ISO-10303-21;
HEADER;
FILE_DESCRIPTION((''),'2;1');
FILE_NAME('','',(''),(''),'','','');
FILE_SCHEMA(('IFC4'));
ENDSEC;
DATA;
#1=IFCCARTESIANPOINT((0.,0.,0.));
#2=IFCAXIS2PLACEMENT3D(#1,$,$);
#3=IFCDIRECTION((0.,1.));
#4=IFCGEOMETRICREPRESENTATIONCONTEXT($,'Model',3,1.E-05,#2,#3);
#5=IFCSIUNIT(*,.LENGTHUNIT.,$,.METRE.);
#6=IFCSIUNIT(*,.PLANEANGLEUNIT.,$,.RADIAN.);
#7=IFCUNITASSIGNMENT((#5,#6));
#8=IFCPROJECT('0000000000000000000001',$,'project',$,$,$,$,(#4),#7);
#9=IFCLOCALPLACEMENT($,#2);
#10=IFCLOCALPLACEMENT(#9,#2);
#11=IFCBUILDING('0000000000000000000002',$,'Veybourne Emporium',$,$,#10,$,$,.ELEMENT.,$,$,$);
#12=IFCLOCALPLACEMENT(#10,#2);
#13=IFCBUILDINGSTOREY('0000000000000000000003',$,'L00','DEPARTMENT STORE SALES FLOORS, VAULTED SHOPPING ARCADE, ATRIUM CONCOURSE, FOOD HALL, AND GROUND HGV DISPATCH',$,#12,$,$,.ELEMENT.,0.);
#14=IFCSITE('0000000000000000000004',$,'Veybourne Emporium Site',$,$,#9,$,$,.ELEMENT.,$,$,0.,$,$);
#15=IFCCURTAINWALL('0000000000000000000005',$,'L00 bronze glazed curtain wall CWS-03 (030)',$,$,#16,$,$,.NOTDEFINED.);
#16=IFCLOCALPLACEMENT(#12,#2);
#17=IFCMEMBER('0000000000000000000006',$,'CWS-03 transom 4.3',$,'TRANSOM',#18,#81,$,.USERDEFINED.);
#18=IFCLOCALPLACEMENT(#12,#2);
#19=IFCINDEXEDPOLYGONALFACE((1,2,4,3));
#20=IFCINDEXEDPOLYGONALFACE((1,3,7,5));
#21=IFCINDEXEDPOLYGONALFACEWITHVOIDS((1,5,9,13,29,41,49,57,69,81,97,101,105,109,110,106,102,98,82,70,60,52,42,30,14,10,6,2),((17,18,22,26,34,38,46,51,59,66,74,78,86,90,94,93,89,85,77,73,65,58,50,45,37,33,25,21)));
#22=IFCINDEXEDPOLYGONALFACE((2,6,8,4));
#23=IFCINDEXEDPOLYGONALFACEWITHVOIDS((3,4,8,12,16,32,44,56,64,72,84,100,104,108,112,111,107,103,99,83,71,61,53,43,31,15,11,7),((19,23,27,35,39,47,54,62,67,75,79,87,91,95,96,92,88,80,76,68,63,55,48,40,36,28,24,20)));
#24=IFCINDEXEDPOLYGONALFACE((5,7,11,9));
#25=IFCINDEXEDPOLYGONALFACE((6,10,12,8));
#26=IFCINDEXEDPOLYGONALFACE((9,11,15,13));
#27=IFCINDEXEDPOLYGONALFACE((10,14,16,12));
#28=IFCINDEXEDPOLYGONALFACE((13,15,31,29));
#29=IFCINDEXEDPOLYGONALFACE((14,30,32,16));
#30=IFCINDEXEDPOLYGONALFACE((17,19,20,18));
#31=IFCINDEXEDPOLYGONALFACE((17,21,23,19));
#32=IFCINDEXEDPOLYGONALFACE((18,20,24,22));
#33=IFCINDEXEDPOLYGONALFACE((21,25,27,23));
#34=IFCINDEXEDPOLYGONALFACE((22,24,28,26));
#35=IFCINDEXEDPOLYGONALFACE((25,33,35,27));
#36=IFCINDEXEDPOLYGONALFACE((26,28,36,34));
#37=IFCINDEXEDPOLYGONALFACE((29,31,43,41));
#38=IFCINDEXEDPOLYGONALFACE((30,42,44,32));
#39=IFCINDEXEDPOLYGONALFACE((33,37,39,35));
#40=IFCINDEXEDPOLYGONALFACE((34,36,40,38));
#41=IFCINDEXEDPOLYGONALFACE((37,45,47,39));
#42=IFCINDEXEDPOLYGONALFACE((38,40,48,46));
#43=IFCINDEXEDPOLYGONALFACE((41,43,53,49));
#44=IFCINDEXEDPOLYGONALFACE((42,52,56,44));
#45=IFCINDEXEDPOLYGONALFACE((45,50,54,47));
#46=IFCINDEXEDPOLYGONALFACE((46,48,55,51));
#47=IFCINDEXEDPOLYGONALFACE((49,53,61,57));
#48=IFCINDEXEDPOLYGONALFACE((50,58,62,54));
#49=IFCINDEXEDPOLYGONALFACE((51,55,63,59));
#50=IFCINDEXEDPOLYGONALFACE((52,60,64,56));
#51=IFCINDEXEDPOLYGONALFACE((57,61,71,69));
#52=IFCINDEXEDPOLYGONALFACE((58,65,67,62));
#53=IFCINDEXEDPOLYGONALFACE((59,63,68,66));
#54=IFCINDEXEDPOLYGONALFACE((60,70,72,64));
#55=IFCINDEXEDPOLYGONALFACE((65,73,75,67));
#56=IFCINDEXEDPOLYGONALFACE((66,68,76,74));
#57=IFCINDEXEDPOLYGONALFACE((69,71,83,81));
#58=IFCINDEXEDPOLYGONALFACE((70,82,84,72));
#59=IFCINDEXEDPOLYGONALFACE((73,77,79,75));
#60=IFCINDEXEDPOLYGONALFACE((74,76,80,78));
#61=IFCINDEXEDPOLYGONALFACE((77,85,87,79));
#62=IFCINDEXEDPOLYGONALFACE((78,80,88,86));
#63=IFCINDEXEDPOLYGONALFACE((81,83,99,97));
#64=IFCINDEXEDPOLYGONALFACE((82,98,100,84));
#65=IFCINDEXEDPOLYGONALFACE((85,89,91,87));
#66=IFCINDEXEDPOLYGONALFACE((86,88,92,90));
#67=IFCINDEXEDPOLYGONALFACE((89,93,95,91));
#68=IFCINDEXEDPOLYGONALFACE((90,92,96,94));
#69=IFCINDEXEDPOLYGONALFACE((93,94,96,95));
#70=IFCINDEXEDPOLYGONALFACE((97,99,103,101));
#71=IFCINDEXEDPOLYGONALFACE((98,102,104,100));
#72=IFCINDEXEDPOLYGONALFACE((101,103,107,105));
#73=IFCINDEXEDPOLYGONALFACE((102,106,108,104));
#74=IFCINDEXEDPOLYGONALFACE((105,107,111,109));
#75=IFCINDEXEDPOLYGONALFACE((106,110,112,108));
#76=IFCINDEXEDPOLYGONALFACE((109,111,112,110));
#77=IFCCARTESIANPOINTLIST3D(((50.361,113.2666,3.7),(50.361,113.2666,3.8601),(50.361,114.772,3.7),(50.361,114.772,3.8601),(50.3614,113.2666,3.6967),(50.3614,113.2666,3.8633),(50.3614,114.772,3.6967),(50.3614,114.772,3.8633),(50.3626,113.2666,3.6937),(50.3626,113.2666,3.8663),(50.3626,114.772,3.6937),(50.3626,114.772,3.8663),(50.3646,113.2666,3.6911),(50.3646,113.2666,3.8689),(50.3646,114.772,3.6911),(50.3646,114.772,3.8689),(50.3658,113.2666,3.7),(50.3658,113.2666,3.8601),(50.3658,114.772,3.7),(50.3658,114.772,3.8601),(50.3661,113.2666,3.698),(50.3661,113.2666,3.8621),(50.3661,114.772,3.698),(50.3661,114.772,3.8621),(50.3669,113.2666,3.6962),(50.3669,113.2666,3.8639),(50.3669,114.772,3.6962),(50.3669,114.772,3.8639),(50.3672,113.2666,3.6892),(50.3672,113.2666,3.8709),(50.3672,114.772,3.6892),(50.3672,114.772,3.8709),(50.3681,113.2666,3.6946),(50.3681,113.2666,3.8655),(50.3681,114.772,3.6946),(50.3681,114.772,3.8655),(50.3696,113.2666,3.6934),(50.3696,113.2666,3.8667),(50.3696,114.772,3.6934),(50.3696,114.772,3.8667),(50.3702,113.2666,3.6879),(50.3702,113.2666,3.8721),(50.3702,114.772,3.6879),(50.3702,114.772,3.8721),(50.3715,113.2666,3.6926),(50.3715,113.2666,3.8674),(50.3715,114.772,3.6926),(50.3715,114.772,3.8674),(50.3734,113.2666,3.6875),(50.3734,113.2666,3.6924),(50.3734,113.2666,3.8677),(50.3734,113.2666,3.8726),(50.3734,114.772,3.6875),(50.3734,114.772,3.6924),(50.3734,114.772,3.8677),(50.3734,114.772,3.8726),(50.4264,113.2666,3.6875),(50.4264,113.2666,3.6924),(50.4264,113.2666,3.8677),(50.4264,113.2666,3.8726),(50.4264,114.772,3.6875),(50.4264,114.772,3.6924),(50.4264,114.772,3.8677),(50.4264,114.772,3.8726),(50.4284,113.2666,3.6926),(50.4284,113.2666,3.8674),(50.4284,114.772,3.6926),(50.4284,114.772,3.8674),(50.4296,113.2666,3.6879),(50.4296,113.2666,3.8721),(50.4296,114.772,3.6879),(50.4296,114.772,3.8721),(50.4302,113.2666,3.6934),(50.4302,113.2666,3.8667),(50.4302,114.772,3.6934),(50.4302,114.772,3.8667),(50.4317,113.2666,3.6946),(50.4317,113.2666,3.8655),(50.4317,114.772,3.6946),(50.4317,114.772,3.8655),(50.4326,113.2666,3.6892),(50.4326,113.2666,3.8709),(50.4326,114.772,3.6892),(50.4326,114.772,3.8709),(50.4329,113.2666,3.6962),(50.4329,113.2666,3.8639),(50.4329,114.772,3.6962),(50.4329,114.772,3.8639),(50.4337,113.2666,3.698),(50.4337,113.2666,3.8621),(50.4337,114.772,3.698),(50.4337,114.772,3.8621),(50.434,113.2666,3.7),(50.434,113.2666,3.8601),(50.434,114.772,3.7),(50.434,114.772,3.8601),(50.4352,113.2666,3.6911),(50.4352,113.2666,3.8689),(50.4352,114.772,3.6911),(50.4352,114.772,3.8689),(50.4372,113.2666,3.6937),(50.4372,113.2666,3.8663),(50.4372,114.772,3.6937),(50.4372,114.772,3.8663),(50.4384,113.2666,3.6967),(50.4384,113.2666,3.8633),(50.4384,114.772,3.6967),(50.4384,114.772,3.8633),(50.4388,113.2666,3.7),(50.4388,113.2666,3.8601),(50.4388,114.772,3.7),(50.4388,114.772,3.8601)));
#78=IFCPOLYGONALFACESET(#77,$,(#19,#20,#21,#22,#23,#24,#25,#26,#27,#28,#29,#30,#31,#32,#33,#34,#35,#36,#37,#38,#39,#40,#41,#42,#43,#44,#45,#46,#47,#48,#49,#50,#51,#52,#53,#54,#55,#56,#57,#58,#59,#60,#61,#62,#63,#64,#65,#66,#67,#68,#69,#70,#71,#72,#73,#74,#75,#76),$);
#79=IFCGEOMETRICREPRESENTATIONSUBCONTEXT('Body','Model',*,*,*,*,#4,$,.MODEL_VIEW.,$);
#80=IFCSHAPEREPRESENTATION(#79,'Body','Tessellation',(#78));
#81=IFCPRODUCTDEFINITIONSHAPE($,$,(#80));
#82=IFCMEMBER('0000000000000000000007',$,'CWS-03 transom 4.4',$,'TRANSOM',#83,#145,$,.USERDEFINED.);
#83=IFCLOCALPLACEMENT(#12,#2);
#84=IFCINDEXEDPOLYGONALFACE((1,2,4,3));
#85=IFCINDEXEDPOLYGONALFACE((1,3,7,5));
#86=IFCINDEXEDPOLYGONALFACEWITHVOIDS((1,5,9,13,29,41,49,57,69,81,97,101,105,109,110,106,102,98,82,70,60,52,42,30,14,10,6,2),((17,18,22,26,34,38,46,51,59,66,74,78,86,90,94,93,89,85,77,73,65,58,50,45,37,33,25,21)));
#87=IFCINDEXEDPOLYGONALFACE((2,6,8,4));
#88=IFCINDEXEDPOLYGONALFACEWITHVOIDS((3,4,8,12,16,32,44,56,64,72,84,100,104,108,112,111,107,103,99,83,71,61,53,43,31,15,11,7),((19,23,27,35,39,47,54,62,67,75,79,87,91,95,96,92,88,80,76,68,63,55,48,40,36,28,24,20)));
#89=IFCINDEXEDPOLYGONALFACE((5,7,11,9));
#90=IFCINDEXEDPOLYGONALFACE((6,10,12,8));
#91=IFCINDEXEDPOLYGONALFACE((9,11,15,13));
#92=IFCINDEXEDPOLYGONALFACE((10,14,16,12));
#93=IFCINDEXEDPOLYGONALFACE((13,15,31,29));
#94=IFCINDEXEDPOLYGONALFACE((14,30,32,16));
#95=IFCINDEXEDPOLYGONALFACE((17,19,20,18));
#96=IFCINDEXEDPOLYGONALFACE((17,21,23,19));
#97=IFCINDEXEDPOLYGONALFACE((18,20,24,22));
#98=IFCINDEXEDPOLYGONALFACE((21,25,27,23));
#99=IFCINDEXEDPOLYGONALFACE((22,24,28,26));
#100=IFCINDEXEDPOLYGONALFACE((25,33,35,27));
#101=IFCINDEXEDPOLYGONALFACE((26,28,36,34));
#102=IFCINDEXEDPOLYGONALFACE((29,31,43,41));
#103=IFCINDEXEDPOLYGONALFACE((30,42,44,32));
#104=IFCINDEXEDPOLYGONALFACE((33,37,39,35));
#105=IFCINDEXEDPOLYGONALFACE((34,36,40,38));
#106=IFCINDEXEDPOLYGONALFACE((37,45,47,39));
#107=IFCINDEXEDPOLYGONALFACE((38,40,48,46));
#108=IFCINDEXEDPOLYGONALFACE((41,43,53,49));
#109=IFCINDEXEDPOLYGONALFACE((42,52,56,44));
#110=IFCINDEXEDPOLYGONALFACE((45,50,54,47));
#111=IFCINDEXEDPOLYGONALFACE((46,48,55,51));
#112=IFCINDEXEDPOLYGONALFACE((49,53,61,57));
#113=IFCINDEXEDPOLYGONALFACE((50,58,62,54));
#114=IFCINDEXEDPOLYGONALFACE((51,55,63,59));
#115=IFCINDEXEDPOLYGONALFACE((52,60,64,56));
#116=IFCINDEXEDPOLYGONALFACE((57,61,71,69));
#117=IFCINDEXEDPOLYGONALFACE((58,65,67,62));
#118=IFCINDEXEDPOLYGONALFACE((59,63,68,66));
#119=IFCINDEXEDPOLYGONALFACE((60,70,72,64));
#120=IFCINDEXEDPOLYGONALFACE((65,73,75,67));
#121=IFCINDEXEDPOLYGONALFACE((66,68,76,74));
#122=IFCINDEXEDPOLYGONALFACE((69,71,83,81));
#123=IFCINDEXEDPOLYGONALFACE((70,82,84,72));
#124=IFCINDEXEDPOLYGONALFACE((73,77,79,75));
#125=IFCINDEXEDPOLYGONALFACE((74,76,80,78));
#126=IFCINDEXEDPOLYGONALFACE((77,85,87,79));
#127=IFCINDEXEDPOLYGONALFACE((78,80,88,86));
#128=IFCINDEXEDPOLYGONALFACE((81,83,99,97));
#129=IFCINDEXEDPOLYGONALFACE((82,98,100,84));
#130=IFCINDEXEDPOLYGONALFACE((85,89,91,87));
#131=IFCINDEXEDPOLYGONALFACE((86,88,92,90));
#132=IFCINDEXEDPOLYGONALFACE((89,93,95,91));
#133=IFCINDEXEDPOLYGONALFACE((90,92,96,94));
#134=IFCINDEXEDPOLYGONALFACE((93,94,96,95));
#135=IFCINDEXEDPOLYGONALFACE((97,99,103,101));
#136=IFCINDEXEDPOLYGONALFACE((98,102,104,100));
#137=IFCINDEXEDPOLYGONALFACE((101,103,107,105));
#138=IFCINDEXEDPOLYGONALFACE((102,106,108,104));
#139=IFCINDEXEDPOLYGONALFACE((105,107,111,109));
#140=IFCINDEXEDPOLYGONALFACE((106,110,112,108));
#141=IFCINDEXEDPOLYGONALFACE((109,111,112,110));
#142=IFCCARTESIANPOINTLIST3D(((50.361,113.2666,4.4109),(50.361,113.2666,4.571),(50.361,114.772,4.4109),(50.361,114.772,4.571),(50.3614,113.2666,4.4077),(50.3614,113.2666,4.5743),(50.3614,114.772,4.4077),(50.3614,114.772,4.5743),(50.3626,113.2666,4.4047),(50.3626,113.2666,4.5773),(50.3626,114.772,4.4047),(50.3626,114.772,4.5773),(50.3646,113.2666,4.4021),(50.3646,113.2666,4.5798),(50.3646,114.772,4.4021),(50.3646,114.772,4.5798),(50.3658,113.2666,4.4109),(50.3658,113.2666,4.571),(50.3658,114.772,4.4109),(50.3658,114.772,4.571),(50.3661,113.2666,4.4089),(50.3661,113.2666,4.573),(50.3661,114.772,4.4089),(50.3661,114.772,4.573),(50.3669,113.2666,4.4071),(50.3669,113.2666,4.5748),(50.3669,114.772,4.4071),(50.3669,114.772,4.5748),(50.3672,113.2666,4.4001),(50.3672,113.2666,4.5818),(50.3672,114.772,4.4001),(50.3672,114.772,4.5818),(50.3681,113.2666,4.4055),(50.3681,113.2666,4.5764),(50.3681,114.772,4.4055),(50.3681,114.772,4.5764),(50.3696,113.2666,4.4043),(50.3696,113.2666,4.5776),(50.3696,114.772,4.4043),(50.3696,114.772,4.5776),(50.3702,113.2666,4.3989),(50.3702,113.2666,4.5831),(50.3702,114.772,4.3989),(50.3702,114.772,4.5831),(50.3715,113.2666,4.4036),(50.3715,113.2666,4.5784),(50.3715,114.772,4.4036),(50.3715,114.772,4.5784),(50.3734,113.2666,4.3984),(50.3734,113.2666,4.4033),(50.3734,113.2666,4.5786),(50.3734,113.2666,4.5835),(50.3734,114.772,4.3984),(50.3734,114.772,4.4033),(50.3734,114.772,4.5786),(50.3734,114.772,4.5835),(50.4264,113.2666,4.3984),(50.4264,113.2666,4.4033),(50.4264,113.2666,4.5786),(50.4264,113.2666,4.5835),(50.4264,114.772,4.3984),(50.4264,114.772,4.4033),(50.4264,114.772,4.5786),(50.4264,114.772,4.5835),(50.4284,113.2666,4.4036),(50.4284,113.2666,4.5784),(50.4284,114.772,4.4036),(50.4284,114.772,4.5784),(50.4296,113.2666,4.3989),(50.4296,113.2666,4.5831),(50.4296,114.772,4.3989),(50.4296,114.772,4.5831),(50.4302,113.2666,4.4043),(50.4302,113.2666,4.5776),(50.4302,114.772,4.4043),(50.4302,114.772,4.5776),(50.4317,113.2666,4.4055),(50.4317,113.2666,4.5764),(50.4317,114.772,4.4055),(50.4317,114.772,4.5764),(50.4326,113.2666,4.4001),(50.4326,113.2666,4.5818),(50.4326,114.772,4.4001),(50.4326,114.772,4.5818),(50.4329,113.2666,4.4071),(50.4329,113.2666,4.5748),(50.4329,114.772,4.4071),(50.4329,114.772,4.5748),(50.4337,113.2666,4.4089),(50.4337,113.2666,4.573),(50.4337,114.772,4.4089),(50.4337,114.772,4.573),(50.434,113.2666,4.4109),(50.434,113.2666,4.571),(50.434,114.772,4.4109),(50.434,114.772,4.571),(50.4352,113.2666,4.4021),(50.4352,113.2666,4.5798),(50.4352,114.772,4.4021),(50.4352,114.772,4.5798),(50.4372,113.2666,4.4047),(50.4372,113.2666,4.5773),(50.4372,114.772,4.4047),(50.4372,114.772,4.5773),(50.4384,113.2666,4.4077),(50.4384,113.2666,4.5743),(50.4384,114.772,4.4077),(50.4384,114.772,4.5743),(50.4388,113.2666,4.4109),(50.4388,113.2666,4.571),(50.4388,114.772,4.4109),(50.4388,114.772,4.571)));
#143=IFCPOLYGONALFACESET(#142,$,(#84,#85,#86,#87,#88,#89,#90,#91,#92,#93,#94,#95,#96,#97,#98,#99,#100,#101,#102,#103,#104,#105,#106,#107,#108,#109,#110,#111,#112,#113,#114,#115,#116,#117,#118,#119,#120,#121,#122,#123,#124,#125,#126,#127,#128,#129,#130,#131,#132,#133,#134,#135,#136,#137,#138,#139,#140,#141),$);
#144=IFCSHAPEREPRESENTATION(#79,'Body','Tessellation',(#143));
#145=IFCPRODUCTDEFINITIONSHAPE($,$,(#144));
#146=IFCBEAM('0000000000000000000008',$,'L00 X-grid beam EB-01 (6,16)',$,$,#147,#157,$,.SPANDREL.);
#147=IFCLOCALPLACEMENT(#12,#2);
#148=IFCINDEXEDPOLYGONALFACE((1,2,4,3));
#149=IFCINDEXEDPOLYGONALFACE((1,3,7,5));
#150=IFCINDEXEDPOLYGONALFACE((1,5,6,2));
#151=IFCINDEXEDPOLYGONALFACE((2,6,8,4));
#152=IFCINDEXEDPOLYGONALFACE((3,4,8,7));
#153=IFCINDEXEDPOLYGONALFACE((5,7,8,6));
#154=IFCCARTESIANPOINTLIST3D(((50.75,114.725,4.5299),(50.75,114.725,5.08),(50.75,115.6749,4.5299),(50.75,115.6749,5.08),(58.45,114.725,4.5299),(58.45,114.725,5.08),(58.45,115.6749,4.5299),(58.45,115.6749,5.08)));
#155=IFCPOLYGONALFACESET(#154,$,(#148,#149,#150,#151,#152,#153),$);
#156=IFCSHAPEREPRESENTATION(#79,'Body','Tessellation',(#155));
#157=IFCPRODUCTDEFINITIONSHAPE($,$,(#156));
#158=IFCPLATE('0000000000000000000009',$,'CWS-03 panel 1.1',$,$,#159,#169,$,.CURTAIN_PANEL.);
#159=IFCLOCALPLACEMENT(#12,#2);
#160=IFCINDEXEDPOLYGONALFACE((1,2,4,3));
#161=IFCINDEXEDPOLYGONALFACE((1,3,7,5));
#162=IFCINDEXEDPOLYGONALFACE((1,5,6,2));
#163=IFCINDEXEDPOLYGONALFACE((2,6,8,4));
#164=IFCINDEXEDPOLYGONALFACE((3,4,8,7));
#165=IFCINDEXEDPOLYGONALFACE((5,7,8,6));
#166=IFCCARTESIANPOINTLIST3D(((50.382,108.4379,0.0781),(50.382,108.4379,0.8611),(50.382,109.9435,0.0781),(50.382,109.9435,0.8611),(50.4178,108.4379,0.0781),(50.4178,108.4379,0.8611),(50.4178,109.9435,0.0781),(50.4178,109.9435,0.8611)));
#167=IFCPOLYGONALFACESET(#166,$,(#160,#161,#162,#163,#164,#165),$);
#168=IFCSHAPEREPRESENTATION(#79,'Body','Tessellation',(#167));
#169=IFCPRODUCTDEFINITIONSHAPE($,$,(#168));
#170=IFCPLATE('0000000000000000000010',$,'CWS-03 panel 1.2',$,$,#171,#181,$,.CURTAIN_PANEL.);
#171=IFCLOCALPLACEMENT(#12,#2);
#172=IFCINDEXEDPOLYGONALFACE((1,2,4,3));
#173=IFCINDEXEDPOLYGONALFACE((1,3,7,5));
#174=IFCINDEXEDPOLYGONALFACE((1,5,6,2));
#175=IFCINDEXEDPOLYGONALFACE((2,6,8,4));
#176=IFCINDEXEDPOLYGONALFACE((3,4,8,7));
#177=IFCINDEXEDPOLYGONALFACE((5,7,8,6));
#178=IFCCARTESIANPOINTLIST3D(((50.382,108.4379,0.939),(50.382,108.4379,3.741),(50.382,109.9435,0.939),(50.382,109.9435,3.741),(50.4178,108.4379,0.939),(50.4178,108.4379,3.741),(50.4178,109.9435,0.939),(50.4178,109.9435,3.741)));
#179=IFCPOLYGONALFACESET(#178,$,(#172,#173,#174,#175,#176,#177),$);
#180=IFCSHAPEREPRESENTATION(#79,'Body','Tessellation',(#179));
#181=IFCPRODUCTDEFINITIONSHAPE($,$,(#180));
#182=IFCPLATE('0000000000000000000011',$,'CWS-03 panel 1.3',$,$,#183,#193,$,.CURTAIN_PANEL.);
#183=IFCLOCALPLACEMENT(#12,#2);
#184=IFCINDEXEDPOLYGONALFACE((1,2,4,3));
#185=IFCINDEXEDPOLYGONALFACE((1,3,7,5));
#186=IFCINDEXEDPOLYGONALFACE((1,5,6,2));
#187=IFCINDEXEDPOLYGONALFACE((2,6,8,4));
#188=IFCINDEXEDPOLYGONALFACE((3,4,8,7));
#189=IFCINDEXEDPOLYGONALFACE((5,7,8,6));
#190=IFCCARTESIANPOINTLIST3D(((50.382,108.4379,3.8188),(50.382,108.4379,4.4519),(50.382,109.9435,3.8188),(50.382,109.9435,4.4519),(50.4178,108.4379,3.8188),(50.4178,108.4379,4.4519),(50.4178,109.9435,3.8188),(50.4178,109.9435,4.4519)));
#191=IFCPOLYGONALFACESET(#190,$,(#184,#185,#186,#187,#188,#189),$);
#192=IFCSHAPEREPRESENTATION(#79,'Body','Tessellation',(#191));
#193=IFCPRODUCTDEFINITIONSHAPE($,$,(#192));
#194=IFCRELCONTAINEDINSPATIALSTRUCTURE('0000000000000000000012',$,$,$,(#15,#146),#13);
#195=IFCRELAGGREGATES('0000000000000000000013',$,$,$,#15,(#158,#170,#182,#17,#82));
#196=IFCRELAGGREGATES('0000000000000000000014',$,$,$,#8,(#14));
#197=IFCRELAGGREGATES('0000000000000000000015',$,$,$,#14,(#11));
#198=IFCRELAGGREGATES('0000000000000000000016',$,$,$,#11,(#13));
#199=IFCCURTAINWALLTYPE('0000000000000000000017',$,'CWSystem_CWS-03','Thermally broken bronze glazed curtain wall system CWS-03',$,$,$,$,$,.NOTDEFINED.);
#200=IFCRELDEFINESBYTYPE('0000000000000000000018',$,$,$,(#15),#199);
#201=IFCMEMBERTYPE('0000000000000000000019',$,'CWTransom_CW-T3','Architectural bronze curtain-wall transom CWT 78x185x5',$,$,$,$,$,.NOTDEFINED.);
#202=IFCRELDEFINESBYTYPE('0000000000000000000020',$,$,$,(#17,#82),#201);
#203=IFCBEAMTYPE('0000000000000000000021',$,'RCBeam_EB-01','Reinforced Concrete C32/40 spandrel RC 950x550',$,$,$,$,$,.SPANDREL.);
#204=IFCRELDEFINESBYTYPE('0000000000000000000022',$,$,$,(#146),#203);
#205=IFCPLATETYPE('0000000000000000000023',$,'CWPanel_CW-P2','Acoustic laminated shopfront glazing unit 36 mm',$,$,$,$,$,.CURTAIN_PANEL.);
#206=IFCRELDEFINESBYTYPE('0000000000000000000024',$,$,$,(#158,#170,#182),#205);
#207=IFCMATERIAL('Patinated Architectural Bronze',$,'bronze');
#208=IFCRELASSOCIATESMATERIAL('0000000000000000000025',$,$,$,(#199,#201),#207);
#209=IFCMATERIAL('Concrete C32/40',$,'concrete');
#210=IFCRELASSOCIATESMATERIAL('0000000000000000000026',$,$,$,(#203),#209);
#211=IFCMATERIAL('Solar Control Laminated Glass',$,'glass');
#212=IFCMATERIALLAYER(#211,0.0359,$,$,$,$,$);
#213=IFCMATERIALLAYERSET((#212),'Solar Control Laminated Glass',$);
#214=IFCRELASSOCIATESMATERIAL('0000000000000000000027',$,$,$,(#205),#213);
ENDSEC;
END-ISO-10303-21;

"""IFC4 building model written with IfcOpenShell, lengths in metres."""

from ifc_helpers import new_model, si_unit, direction, frame, origin, origin_2d, place, context, subcontext, project, spatial, rectangle, hollow_rectangle, extrude, material, layer, layer_set, material_profile, profile_set, type_object, element, aggregate, save


model = new_model("IFC4")

# Units and contexts
model_context = context("Model", 3, precision=1e-05, world=origin(), true_north=direction((0.0, 1.0)))
body_context = subcontext(model_context, "Body", "Model", "MODEL_VIEW")
ifc_project = project(units=[si_unit("LENGTHUNIT", "METRE"), si_unit("PLANEANGLEUNIT", "RADIAN")], contexts=[model_context])

# Site, building, storey
site_placement = place(None, origin())
site = spatial("IfcSite", under=ifc_project, at=site_placement, Name="Veybourne Emporium Site", CompositionType="ELEMENT", RefElevation=0.0)
building_placement = place(site_placement, origin())
building = spatial("IfcBuilding", under=site, at=building_placement, Name="Veybourne Emporium", CompositionType="ELEMENT")
storey_placement = place(building_placement, origin())
storey = spatial("IfcBuildingStorey", under=building, at=storey_placement, Name="L00", Description="DEPARTMENT STORE SALES FLOORS, VAULTED SHOPPING ARCADE, ATRIUM CONCOURSE, FOOD HALL, AND GROUND HGV DISPATCH", CompositionType="ELEMENT", Elevation=0.0)

# Curtain wall, members
ifc_material_1 = material(Name="Patinated Architectural Bronze", Category="bronze")
curtain_wall_type = type_object("IfcCurtainWallType", Name="CWSystem_CWS-03", Description="Thermally broken bronze glazed curtain wall system CWS-03", PredefinedType="NOTDEFINED", material=ifc_material_1)
curtain_wall_placement = place(storey_placement, origin())
curtain_wall = element("IfcCurtainWall", 1, at=curtain_wall_placement, inside=storey, type_object=curtain_wall_type, Name="L00 bronze glazed curtain wall CWS-03 (030)", PredefinedType="NOTDEFINED")
ifc_material_profile_1 = material_profile(ifc_material_1, hollow_rectangle(XDim=0.0779, YDim=0.1851, WallThickness=0.0049, InnerFilletRadius=0.0076, OuterFilletRadius=0.0125, at=origin_2d()), Name="CWT 78x185x5")
ifc_profile_set_1 = profile_set([ifc_material_profile_1], Name="Patinated Architectural Bronze")
member_type_1 = type_object("IfcMemberType", Name="CWTransom_CW-T3", Description="Architectural bronze curtain-wall transom CWT 78x185x5", PredefinedType="NOTDEFINED", material=ifc_profile_set_1)
member_1_placement = place(storey_placement, frame((50.3999, 113.2666, 3.78), z_axis=(0.0, 1.0, 0.0), x_axis=(-1.0, 0.0, 0.0)))
member_1 = element("IfcMember", 2, at=member_1_placement, type_object=member_type_1, Name="CWS-03 transom 4.3", ObjectType="TRANSOM", PredefinedType="USERDEFINED", context=body_context, shape_type="SweptSolid", body=[
    extrude(hollow_rectangle(XDim=0.0779, YDim=0.1851, WallThickness=0.0049, InnerFilletRadius=0.0076, OuterFilletRadius=0.0125, at=origin_2d()), origin(), (0.0, 0.0, 1.0), 1.5054),
])
member_2_placement = place(storey_placement, frame((50.3999, 113.2666, 4.491), z_axis=(0.0, 1.0, 0.0), x_axis=(-1.0, 0.0, 0.0)))
member_2 = element("IfcMember", 3, at=member_2_placement, type_object=member_type_1, Name="CWS-03 transom 4.4", ObjectType="TRANSOM", PredefinedType="USERDEFINED", context=body_context, shape_type="SweptSolid", body=[
    extrude(hollow_rectangle(XDim=0.0779, YDim=0.1851, WallThickness=0.0049, InnerFilletRadius=0.0076, OuterFilletRadius=0.0125, at=origin_2d()), origin(), (0.0, 0.0, 1.0), 1.5054),
])

# Beam
ifc_material_2 = material(Name="Concrete C32/40", Category="concrete")
ifc_material_profile_2 = material_profile(ifc_material_2, rectangle(XDim=0.95, YDim=0.55, at=origin_2d()), Name="RC 950x550")
ifc_profile_set_2 = profile_set([ifc_material_profile_2], Name="Concrete C32/40")
beam_type = type_object("IfcBeamType", Name="RCBeam_EB-01", Description="Reinforced Concrete C32/40 spandrel RC 950x550", PredefinedType="SPANDREL", material=ifc_profile_set_2)
beam_placement = place(storey_placement, frame((50.75, 115.2, 4.8049), z_axis=(1.0, 0.0, 0.0), x_axis=(0.0, 1.0, 0.0)))
element("IfcBeam", 4, at=beam_placement, inside=storey, type_object=beam_type, Name="L00 X-grid beam EB-01 (6,16)", PredefinedType="SPANDREL", context=body_context, shape_type="SweptSolid", body=[
    extrude(rectangle(XDim=0.95, YDim=0.55, at=origin_2d()), origin(), (0.0, 0.0, 1.0), 7.7),
])

# Plates
ifc_material_3 = material(Name="Solar Control Laminated Glass", Category="glass")
ifc_layer_1 = layer(ifc_material_3, 0.0359)
ifc_layer_set_1 = layer_set([ifc_layer_1], Name="Solar Control Laminated Glass")
plate_type = type_object("IfcPlateType", Name="CWPanel_CW-P2", Description="Acoustic laminated shopfront glazing unit 36 mm", PredefinedType="CURTAIN_PANEL", material=ifc_layer_set_1)
plate_1_placement = place(storey_placement, frame((50.3999, 109.1907, 0.0781), z_axis=(0.0, 0.0, 1.0), x_axis=(0.0, 1.0, 0.0)))
plate_1 = element("IfcPlate", 5, at=plate_1_placement, type_object=plate_type, Name="CWS-03 panel 1.1", PredefinedType="CURTAIN_PANEL", context=body_context, shape_type="SweptSolid", body=[
    extrude(rectangle(XDim=1.5056, YDim=0.0359, at=origin_2d()), origin(), (0.0, 0.0, 1.0), 0.783),
])
plate_2_placement = place(storey_placement, frame((50.3999, 109.1907, 0.939), z_axis=(0.0, 0.0, 1.0), x_axis=(0.0, 1.0, 0.0)))
plate_2 = element("IfcPlate", 6, at=plate_2_placement, type_object=plate_type, Name="CWS-03 panel 1.2", PredefinedType="CURTAIN_PANEL", context=body_context, shape_type="SweptSolid", body=[
    extrude(rectangle(XDim=1.5056, YDim=0.0359, at=origin_2d()), origin(), (0.0, 0.0, 1.0), 2.802),
])
plate_3_placement = place(storey_placement, frame((50.3999, 109.1907, 3.8188), z_axis=(0.0, 0.0, 1.0), x_axis=(0.0, 1.0, 0.0)))
plate_3 = element("IfcPlate", 7, at=plate_3_placement, type_object=plate_type, Name="CWS-03 panel 1.3", PredefinedType="CURTAIN_PANEL", context=body_context, shape_type="SweptSolid", body=[
    extrude(rectangle(XDim=1.5056, YDim=0.0359, at=origin_2d()), origin(), (0.0, 0.0, 1.0), 0.6331),
])
aggregate(curtain_wall, [plate_1, plate_2, plate_3, member_1, member_2])

save(model, "model.ifc")
